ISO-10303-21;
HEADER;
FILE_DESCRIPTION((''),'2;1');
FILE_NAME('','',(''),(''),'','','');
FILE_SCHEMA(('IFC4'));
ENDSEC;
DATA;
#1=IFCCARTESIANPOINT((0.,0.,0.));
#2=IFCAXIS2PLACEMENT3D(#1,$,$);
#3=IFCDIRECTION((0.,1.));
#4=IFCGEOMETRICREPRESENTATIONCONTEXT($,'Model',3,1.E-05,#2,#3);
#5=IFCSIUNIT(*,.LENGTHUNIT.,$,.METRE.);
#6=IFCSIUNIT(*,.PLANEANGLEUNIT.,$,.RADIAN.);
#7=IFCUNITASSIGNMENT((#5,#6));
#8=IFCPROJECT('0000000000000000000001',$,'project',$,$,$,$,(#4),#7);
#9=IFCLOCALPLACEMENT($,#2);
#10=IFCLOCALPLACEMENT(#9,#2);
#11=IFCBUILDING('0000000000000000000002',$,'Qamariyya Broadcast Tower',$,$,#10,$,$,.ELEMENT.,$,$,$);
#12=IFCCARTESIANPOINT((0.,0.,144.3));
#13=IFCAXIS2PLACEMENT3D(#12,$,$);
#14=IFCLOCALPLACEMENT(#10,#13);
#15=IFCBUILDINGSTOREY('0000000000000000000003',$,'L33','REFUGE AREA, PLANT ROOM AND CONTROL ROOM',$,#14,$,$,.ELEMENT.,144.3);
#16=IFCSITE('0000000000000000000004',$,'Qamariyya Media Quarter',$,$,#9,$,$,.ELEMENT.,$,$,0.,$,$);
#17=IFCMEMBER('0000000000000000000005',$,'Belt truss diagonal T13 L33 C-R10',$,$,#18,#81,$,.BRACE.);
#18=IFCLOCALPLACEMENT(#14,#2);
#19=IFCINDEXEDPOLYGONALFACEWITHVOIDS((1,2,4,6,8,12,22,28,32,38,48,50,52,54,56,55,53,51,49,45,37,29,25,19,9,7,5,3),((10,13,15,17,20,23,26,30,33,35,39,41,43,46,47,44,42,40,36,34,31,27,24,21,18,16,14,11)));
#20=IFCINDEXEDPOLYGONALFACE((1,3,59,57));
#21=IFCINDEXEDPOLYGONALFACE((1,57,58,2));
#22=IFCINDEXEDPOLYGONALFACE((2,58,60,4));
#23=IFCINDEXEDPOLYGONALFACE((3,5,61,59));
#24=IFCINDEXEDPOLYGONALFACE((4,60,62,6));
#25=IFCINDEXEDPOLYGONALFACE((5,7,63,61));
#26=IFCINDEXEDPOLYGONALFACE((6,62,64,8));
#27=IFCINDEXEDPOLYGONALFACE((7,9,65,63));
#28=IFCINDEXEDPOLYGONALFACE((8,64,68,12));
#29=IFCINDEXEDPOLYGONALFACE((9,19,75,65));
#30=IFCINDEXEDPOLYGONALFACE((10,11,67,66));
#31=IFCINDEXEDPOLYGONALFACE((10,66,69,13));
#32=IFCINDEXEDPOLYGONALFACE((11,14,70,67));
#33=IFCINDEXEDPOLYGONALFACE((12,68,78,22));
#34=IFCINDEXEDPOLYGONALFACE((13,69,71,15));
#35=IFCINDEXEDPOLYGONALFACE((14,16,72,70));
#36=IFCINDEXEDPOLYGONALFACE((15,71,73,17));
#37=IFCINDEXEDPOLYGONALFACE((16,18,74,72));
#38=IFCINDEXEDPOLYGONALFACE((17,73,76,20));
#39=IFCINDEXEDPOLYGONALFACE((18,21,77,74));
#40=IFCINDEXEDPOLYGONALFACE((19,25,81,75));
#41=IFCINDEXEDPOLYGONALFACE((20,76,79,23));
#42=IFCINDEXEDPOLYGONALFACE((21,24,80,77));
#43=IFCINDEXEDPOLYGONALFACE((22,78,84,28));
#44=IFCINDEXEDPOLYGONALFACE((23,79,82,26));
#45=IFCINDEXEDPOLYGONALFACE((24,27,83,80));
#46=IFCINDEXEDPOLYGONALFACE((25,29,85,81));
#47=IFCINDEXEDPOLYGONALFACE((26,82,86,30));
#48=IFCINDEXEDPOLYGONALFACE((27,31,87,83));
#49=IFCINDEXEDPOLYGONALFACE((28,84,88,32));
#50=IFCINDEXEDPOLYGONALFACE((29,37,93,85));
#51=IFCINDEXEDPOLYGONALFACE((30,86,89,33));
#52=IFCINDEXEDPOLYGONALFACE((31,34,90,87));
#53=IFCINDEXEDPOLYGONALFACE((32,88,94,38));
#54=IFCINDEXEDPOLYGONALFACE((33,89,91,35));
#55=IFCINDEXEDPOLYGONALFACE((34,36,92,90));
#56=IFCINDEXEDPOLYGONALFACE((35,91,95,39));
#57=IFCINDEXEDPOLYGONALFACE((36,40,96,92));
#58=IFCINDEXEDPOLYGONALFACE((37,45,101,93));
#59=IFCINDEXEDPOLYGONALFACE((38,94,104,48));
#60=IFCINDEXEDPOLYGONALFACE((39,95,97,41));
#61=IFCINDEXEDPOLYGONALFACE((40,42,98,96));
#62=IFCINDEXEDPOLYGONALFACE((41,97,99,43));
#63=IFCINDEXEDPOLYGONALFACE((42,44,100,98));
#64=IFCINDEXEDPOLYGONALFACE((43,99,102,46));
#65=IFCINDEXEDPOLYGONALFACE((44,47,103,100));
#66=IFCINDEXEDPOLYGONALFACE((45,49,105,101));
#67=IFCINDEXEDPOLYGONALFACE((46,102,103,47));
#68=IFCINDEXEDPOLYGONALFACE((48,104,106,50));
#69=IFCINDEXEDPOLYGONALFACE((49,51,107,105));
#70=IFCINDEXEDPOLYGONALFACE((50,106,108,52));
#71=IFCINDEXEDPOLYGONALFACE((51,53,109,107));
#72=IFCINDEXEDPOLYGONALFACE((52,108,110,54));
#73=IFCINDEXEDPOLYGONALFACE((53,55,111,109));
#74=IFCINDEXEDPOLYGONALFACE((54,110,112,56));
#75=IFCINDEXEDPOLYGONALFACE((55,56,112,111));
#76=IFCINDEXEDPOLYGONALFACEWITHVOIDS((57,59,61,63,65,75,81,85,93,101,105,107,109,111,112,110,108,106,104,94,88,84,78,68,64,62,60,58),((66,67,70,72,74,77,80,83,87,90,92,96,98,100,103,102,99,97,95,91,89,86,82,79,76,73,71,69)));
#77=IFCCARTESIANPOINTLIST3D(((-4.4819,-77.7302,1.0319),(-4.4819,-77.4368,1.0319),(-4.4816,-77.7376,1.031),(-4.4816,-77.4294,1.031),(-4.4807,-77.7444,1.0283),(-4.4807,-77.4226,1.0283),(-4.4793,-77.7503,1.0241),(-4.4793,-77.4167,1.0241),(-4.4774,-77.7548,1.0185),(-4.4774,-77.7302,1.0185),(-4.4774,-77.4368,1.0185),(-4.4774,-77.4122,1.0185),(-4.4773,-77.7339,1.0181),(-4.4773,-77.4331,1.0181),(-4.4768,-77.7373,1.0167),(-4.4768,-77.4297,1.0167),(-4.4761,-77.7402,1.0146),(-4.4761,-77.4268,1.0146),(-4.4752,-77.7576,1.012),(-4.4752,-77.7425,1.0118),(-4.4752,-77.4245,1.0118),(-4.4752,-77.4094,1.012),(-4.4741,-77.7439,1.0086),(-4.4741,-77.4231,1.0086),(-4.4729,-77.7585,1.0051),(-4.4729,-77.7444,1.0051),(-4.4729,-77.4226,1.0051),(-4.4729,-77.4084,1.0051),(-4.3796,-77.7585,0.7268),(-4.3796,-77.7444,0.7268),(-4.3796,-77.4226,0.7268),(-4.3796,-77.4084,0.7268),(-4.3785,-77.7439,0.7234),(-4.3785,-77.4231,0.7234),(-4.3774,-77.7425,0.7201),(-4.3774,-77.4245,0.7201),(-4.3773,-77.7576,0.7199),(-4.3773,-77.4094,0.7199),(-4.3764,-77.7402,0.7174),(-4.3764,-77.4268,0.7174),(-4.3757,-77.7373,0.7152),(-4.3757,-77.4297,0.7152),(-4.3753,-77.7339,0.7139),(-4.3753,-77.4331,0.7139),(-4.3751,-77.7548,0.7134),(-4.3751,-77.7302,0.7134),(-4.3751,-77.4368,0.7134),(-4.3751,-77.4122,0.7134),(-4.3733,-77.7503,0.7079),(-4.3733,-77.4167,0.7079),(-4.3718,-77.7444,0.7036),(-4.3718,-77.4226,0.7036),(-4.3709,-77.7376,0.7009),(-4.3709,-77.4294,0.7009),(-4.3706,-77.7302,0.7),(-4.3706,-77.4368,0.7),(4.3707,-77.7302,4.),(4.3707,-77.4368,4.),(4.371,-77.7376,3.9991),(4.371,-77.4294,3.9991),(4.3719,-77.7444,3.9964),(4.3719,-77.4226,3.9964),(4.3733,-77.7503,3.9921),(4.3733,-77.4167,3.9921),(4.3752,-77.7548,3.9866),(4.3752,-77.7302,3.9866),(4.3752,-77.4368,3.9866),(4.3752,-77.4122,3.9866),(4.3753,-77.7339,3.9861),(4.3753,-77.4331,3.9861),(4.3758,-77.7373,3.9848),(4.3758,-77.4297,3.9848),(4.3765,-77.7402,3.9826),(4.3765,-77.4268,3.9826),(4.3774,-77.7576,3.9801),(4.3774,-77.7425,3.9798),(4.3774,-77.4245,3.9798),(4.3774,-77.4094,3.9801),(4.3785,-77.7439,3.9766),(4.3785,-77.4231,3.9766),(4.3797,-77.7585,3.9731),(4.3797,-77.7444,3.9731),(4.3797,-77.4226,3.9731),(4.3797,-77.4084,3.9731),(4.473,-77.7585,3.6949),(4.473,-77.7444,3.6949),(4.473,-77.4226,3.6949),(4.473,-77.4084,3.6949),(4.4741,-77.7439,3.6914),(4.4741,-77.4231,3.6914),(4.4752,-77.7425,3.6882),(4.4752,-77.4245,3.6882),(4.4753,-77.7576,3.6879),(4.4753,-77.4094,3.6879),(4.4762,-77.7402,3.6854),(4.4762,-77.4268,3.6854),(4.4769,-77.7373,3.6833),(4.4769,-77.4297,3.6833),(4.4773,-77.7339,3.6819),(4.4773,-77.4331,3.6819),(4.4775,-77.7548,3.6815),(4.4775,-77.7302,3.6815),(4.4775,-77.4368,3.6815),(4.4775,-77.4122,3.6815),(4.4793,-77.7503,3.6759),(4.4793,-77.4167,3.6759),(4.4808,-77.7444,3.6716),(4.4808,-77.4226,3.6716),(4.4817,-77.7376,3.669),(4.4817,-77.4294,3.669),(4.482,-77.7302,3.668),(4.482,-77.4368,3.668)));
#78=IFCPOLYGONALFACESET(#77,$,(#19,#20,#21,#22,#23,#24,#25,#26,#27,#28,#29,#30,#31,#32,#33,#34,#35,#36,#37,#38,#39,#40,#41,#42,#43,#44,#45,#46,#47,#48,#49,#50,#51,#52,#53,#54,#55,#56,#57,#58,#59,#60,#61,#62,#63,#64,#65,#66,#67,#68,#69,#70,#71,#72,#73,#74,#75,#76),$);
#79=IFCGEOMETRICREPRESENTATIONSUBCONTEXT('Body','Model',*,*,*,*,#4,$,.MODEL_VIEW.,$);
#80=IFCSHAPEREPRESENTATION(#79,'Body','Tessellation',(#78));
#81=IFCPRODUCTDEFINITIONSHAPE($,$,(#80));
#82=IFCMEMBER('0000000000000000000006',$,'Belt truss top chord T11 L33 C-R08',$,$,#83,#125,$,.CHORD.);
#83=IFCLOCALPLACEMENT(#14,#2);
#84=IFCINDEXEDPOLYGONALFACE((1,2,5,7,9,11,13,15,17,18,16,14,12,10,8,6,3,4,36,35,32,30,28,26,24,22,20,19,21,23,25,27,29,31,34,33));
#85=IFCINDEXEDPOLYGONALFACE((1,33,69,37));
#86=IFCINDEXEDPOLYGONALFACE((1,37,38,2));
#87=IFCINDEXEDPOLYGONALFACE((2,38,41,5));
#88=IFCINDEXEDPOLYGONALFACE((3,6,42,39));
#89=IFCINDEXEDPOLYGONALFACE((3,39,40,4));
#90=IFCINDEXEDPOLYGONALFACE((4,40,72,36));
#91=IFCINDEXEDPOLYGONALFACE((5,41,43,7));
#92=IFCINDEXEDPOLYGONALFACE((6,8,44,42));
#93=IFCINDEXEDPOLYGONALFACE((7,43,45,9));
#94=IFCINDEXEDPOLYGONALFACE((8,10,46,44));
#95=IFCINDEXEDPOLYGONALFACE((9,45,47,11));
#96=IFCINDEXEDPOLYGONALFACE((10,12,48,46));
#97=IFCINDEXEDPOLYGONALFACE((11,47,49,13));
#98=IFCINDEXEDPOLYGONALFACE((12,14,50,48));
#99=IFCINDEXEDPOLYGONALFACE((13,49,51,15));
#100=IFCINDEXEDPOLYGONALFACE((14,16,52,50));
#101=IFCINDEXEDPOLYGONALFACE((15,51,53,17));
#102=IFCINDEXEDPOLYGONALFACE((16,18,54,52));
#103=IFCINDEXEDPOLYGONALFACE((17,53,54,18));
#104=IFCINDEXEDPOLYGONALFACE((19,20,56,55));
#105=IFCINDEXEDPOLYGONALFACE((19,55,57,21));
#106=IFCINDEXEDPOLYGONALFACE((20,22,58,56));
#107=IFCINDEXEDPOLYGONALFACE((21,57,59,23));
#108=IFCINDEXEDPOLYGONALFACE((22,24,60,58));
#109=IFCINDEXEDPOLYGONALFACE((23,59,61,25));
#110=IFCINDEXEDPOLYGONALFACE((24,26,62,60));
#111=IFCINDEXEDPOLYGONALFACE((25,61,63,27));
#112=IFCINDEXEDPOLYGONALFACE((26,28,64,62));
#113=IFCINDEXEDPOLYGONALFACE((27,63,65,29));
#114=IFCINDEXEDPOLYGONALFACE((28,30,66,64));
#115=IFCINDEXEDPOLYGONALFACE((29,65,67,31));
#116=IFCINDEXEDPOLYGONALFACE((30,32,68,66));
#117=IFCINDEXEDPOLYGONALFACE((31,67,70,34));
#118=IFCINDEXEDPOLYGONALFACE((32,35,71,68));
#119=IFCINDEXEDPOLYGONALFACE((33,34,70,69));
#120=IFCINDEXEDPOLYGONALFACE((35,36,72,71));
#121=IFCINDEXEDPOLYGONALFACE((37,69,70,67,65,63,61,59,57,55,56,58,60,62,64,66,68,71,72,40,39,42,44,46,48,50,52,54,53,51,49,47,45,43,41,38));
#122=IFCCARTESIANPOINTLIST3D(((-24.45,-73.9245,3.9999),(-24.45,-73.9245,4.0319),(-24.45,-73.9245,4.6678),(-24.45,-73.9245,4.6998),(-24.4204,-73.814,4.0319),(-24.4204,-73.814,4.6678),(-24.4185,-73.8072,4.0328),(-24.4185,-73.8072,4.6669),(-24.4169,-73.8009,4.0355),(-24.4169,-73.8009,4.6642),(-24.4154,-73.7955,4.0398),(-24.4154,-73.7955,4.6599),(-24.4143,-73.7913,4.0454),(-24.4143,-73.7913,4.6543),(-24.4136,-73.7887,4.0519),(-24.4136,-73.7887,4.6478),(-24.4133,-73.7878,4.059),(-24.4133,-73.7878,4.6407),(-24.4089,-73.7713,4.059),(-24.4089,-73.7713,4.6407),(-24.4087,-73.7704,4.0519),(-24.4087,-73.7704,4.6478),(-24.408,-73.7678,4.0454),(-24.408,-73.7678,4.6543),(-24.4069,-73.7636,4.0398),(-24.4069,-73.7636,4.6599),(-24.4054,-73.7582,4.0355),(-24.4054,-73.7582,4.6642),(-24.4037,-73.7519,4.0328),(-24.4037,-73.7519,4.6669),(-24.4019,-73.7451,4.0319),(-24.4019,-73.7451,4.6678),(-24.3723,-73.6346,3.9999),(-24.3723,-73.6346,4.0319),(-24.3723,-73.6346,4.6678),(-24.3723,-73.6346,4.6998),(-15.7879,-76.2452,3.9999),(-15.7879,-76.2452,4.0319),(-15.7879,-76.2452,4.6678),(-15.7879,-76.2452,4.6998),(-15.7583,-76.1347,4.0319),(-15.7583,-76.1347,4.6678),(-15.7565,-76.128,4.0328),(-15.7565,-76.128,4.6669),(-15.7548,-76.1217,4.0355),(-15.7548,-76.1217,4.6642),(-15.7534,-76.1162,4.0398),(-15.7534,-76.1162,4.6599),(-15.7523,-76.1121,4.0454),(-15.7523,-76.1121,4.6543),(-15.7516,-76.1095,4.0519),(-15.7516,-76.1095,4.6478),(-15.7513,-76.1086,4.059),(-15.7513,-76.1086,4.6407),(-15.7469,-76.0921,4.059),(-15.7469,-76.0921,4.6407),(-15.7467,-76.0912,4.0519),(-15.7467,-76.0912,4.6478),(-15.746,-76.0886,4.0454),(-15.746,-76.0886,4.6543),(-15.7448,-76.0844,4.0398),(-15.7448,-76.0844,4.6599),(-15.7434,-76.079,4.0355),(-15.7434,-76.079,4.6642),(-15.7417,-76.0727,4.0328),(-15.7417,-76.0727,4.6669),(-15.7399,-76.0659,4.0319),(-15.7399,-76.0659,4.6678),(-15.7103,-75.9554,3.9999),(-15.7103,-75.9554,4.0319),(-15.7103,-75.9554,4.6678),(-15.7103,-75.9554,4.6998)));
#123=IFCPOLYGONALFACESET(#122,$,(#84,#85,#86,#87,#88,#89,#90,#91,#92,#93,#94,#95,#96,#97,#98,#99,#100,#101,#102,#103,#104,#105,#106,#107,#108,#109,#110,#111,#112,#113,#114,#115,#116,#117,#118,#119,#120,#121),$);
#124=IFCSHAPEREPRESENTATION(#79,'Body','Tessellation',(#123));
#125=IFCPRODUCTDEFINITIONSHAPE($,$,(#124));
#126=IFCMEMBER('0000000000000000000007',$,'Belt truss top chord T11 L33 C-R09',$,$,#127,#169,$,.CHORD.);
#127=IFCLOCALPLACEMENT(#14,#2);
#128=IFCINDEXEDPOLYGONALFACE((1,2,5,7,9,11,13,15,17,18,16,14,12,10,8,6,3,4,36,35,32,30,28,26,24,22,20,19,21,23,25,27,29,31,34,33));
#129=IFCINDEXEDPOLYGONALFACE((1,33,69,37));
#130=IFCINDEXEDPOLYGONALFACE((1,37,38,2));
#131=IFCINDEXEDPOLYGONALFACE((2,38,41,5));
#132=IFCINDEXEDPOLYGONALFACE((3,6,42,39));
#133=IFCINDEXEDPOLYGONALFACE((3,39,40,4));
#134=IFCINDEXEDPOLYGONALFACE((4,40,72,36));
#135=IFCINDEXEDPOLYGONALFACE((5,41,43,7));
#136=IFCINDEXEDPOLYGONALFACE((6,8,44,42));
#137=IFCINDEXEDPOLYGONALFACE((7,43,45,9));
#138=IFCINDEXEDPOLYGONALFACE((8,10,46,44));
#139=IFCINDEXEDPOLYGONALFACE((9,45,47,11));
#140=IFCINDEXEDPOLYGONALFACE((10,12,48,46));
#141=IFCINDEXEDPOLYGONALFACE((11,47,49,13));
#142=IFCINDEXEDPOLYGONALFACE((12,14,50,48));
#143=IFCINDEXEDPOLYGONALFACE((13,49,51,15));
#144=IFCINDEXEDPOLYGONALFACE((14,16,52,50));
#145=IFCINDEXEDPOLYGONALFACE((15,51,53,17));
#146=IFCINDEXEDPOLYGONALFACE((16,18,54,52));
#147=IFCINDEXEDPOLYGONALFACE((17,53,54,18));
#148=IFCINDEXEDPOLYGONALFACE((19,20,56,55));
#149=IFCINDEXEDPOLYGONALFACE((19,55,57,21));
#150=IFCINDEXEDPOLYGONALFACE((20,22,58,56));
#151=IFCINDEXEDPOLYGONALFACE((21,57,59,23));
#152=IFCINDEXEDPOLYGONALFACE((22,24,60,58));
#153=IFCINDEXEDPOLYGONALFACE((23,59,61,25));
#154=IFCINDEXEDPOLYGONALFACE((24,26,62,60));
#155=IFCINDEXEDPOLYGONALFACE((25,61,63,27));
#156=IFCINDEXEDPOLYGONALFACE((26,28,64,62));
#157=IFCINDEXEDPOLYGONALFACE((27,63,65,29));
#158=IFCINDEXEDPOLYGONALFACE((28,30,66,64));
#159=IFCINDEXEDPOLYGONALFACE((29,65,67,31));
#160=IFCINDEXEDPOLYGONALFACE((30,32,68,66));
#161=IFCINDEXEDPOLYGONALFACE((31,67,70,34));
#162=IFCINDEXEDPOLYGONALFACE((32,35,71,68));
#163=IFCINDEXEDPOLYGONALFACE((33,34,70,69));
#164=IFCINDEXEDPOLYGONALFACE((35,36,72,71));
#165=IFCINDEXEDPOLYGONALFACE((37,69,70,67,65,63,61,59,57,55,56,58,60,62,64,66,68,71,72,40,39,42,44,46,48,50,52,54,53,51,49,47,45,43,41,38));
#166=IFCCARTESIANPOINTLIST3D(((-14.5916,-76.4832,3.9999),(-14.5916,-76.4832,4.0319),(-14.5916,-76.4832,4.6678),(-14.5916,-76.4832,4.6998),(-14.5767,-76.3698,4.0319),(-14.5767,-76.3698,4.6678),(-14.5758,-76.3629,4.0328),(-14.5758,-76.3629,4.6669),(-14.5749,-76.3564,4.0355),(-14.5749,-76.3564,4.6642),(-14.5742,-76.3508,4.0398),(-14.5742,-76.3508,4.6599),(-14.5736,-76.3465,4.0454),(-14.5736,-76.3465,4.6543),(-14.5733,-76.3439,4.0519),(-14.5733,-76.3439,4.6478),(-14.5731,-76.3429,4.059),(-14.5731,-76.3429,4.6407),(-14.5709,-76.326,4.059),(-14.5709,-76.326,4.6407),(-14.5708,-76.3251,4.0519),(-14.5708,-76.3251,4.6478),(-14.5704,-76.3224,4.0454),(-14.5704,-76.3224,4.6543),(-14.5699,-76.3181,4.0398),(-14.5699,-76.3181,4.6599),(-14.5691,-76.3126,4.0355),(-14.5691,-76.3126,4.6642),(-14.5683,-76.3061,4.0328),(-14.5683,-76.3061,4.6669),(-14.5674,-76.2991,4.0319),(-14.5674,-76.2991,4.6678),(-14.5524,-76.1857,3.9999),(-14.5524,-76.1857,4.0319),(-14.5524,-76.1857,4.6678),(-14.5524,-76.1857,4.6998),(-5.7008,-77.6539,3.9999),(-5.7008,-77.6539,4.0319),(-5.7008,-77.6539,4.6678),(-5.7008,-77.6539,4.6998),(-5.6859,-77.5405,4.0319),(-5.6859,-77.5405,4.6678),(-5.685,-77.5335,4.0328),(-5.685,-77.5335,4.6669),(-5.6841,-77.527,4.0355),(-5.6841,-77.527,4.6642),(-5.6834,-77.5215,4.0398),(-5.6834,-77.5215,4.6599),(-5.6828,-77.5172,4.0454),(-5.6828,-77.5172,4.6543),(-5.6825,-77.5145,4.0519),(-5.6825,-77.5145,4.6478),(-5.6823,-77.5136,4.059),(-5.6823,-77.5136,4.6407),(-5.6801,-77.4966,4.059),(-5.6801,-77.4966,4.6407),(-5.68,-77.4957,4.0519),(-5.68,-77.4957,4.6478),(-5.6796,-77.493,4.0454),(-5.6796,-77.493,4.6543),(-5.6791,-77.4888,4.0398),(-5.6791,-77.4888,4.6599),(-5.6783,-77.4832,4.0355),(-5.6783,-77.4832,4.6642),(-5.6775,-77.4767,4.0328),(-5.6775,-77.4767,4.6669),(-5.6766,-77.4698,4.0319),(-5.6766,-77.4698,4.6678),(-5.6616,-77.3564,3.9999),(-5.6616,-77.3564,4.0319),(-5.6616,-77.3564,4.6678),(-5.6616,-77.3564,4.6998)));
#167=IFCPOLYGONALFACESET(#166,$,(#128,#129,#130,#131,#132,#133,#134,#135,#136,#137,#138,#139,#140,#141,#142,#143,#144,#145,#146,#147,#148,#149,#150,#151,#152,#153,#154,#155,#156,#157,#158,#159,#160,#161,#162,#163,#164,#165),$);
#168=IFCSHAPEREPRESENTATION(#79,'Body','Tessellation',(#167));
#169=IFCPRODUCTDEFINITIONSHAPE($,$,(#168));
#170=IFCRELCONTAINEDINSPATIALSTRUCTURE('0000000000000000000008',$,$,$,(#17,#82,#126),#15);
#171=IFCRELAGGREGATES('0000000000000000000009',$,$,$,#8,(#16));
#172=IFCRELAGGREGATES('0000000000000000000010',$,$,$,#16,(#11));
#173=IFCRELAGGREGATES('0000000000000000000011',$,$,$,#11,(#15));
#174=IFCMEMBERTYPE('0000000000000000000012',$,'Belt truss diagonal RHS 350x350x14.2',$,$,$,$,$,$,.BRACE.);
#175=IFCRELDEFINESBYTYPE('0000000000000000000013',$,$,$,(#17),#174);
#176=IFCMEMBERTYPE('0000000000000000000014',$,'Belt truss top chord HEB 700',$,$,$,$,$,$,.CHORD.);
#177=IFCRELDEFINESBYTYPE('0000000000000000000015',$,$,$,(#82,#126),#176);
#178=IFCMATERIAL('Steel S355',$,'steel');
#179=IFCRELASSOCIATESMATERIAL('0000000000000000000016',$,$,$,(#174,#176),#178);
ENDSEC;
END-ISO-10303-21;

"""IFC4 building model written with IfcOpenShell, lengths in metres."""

from ifc_helpers import new_model, si_unit, direction, frame, origin, origin_2d, place, context, subcontext, project, spatial, hollow_rectangle, i_section, extrude, material, material_profile, profile_set, type_object, element, save


model = new_model("IFC4")

# Units and contexts
model_context = context("Model", 3, precision=1e-05, world=origin(), true_north=direction((0.0, 1.0)))
body_context = subcontext(model_context, "Body", "Model", "MODEL_VIEW")
ifc_project = project(units=[si_unit("LENGTHUNIT", "METRE"), si_unit("PLANEANGLEUNIT", "RADIAN")], contexts=[model_context])

# Site, building, storey
site_placement = place(None, origin())
site = spatial("IfcSite", under=ifc_project, at=site_placement, Name="Qamariyya Media Quarter", CompositionType="ELEMENT", RefElevation=0.0)
building_placement = place(site_placement, origin())
building = spatial("IfcBuilding", under=site, at=building_placement, Name="Qamariyya Broadcast Tower", CompositionType="ELEMENT")
storey_placement = place(building_placement, frame((0.0, 0.0, 144.3)))
storey = spatial("IfcBuildingStorey", under=building, at=storey_placement, Name="L33", Description="REFUGE AREA, PLANT ROOM AND CONTROL ROOM", CompositionType="ELEMENT", Elevation=144.3)

# Members
ifc_material_1 = material(Name="Steel S355", Category="steel")
ifc_material_profile_1 = material_profile(ifc_material_1, hollow_rectangle(XDim=0.3501, YDim=0.3501, WallThickness=0.0142, InnerFilletRadius=0.0142, OuterFilletRadius=0.0283, at=origin_2d()))
ifc_profile_set_1 = profile_set([ifc_material_profile_1], Name="Steel S355")
member_type_1 = type_object("IfcMemberType", Name="Belt truss diagonal RHS 350x350x14.2", PredefinedType="BRACE", material=ifc_profile_set_1)
member_1_placement = place(storey_placement, frame((-4.4263, -77.5835, 0.866), z_axis=(0.94813, 0.0, 0.317882), x_axis=(0.0, 1.0, 0.0)))
element("IfcMember", 1, at=member_1_placement, inside=storey, type_object=member_type_1, Name="Belt truss diagonal T13 L33 C-R10", PredefinedType="BRACE", context=body_context, shape_type="SweptSolid", body=[
    extrude(hollow_rectangle(XDim=0.3501, YDim=0.3501, WallThickness=0.0142, InnerFilletRadius=0.0142, OuterFilletRadius=0.0283, at=origin_2d()), origin(), (0.0, 0.0, 1.0), 9.3369),
])
ifc_material_profile_2 = material_profile(ifc_material_1, i_section(OverallWidth=0.3, OverallDepth=0.7, WebThickness=0.0171, FlangeThickness=0.032, FilletRadius=0.0271, at=origin_2d()))
ifc_profile_set_2 = profile_set([ifc_material_profile_2], Name="Steel S355")
member_type_2 = type_object("IfcMemberType", Name="Belt truss top chord HEB 700", PredefinedType="CHORD", material=ifc_profile_set_2)
for number, where, z_axis, x_axis, name in (
    (2, (-24.4111, -73.7795, 4.3499), (0.965932, -0.258798, 0.0), (0.258798, 0.965932, 0.0), "Belt truss top chord T11 L33 C-R08"),
    (3, (-14.572, -76.3345, 4.3499), (0.991443, -0.130543, 0.0), (0.130543, 0.991443, 0.0), "Belt truss top chord T11 L33 C-R09"),
):
    element("IfcMember", number, at=place(storey_placement, frame(where, z_axis=z_axis, x_axis=x_axis)), inside=storey, type_object=member_type_2, Name=name, PredefinedType="CHORD", context=body_context, shape_type="SweptSolid", body=[
        extrude(i_section(OverallWidth=0.3, OverallDepth=0.7, WebThickness=0.0171, FlangeThickness=0.032, FilletRadius=0.0271, at=origin_2d()), origin(), (0.0, 0.0, 1.0), 8.9675),
    ])

save(model, "model.ifc")
